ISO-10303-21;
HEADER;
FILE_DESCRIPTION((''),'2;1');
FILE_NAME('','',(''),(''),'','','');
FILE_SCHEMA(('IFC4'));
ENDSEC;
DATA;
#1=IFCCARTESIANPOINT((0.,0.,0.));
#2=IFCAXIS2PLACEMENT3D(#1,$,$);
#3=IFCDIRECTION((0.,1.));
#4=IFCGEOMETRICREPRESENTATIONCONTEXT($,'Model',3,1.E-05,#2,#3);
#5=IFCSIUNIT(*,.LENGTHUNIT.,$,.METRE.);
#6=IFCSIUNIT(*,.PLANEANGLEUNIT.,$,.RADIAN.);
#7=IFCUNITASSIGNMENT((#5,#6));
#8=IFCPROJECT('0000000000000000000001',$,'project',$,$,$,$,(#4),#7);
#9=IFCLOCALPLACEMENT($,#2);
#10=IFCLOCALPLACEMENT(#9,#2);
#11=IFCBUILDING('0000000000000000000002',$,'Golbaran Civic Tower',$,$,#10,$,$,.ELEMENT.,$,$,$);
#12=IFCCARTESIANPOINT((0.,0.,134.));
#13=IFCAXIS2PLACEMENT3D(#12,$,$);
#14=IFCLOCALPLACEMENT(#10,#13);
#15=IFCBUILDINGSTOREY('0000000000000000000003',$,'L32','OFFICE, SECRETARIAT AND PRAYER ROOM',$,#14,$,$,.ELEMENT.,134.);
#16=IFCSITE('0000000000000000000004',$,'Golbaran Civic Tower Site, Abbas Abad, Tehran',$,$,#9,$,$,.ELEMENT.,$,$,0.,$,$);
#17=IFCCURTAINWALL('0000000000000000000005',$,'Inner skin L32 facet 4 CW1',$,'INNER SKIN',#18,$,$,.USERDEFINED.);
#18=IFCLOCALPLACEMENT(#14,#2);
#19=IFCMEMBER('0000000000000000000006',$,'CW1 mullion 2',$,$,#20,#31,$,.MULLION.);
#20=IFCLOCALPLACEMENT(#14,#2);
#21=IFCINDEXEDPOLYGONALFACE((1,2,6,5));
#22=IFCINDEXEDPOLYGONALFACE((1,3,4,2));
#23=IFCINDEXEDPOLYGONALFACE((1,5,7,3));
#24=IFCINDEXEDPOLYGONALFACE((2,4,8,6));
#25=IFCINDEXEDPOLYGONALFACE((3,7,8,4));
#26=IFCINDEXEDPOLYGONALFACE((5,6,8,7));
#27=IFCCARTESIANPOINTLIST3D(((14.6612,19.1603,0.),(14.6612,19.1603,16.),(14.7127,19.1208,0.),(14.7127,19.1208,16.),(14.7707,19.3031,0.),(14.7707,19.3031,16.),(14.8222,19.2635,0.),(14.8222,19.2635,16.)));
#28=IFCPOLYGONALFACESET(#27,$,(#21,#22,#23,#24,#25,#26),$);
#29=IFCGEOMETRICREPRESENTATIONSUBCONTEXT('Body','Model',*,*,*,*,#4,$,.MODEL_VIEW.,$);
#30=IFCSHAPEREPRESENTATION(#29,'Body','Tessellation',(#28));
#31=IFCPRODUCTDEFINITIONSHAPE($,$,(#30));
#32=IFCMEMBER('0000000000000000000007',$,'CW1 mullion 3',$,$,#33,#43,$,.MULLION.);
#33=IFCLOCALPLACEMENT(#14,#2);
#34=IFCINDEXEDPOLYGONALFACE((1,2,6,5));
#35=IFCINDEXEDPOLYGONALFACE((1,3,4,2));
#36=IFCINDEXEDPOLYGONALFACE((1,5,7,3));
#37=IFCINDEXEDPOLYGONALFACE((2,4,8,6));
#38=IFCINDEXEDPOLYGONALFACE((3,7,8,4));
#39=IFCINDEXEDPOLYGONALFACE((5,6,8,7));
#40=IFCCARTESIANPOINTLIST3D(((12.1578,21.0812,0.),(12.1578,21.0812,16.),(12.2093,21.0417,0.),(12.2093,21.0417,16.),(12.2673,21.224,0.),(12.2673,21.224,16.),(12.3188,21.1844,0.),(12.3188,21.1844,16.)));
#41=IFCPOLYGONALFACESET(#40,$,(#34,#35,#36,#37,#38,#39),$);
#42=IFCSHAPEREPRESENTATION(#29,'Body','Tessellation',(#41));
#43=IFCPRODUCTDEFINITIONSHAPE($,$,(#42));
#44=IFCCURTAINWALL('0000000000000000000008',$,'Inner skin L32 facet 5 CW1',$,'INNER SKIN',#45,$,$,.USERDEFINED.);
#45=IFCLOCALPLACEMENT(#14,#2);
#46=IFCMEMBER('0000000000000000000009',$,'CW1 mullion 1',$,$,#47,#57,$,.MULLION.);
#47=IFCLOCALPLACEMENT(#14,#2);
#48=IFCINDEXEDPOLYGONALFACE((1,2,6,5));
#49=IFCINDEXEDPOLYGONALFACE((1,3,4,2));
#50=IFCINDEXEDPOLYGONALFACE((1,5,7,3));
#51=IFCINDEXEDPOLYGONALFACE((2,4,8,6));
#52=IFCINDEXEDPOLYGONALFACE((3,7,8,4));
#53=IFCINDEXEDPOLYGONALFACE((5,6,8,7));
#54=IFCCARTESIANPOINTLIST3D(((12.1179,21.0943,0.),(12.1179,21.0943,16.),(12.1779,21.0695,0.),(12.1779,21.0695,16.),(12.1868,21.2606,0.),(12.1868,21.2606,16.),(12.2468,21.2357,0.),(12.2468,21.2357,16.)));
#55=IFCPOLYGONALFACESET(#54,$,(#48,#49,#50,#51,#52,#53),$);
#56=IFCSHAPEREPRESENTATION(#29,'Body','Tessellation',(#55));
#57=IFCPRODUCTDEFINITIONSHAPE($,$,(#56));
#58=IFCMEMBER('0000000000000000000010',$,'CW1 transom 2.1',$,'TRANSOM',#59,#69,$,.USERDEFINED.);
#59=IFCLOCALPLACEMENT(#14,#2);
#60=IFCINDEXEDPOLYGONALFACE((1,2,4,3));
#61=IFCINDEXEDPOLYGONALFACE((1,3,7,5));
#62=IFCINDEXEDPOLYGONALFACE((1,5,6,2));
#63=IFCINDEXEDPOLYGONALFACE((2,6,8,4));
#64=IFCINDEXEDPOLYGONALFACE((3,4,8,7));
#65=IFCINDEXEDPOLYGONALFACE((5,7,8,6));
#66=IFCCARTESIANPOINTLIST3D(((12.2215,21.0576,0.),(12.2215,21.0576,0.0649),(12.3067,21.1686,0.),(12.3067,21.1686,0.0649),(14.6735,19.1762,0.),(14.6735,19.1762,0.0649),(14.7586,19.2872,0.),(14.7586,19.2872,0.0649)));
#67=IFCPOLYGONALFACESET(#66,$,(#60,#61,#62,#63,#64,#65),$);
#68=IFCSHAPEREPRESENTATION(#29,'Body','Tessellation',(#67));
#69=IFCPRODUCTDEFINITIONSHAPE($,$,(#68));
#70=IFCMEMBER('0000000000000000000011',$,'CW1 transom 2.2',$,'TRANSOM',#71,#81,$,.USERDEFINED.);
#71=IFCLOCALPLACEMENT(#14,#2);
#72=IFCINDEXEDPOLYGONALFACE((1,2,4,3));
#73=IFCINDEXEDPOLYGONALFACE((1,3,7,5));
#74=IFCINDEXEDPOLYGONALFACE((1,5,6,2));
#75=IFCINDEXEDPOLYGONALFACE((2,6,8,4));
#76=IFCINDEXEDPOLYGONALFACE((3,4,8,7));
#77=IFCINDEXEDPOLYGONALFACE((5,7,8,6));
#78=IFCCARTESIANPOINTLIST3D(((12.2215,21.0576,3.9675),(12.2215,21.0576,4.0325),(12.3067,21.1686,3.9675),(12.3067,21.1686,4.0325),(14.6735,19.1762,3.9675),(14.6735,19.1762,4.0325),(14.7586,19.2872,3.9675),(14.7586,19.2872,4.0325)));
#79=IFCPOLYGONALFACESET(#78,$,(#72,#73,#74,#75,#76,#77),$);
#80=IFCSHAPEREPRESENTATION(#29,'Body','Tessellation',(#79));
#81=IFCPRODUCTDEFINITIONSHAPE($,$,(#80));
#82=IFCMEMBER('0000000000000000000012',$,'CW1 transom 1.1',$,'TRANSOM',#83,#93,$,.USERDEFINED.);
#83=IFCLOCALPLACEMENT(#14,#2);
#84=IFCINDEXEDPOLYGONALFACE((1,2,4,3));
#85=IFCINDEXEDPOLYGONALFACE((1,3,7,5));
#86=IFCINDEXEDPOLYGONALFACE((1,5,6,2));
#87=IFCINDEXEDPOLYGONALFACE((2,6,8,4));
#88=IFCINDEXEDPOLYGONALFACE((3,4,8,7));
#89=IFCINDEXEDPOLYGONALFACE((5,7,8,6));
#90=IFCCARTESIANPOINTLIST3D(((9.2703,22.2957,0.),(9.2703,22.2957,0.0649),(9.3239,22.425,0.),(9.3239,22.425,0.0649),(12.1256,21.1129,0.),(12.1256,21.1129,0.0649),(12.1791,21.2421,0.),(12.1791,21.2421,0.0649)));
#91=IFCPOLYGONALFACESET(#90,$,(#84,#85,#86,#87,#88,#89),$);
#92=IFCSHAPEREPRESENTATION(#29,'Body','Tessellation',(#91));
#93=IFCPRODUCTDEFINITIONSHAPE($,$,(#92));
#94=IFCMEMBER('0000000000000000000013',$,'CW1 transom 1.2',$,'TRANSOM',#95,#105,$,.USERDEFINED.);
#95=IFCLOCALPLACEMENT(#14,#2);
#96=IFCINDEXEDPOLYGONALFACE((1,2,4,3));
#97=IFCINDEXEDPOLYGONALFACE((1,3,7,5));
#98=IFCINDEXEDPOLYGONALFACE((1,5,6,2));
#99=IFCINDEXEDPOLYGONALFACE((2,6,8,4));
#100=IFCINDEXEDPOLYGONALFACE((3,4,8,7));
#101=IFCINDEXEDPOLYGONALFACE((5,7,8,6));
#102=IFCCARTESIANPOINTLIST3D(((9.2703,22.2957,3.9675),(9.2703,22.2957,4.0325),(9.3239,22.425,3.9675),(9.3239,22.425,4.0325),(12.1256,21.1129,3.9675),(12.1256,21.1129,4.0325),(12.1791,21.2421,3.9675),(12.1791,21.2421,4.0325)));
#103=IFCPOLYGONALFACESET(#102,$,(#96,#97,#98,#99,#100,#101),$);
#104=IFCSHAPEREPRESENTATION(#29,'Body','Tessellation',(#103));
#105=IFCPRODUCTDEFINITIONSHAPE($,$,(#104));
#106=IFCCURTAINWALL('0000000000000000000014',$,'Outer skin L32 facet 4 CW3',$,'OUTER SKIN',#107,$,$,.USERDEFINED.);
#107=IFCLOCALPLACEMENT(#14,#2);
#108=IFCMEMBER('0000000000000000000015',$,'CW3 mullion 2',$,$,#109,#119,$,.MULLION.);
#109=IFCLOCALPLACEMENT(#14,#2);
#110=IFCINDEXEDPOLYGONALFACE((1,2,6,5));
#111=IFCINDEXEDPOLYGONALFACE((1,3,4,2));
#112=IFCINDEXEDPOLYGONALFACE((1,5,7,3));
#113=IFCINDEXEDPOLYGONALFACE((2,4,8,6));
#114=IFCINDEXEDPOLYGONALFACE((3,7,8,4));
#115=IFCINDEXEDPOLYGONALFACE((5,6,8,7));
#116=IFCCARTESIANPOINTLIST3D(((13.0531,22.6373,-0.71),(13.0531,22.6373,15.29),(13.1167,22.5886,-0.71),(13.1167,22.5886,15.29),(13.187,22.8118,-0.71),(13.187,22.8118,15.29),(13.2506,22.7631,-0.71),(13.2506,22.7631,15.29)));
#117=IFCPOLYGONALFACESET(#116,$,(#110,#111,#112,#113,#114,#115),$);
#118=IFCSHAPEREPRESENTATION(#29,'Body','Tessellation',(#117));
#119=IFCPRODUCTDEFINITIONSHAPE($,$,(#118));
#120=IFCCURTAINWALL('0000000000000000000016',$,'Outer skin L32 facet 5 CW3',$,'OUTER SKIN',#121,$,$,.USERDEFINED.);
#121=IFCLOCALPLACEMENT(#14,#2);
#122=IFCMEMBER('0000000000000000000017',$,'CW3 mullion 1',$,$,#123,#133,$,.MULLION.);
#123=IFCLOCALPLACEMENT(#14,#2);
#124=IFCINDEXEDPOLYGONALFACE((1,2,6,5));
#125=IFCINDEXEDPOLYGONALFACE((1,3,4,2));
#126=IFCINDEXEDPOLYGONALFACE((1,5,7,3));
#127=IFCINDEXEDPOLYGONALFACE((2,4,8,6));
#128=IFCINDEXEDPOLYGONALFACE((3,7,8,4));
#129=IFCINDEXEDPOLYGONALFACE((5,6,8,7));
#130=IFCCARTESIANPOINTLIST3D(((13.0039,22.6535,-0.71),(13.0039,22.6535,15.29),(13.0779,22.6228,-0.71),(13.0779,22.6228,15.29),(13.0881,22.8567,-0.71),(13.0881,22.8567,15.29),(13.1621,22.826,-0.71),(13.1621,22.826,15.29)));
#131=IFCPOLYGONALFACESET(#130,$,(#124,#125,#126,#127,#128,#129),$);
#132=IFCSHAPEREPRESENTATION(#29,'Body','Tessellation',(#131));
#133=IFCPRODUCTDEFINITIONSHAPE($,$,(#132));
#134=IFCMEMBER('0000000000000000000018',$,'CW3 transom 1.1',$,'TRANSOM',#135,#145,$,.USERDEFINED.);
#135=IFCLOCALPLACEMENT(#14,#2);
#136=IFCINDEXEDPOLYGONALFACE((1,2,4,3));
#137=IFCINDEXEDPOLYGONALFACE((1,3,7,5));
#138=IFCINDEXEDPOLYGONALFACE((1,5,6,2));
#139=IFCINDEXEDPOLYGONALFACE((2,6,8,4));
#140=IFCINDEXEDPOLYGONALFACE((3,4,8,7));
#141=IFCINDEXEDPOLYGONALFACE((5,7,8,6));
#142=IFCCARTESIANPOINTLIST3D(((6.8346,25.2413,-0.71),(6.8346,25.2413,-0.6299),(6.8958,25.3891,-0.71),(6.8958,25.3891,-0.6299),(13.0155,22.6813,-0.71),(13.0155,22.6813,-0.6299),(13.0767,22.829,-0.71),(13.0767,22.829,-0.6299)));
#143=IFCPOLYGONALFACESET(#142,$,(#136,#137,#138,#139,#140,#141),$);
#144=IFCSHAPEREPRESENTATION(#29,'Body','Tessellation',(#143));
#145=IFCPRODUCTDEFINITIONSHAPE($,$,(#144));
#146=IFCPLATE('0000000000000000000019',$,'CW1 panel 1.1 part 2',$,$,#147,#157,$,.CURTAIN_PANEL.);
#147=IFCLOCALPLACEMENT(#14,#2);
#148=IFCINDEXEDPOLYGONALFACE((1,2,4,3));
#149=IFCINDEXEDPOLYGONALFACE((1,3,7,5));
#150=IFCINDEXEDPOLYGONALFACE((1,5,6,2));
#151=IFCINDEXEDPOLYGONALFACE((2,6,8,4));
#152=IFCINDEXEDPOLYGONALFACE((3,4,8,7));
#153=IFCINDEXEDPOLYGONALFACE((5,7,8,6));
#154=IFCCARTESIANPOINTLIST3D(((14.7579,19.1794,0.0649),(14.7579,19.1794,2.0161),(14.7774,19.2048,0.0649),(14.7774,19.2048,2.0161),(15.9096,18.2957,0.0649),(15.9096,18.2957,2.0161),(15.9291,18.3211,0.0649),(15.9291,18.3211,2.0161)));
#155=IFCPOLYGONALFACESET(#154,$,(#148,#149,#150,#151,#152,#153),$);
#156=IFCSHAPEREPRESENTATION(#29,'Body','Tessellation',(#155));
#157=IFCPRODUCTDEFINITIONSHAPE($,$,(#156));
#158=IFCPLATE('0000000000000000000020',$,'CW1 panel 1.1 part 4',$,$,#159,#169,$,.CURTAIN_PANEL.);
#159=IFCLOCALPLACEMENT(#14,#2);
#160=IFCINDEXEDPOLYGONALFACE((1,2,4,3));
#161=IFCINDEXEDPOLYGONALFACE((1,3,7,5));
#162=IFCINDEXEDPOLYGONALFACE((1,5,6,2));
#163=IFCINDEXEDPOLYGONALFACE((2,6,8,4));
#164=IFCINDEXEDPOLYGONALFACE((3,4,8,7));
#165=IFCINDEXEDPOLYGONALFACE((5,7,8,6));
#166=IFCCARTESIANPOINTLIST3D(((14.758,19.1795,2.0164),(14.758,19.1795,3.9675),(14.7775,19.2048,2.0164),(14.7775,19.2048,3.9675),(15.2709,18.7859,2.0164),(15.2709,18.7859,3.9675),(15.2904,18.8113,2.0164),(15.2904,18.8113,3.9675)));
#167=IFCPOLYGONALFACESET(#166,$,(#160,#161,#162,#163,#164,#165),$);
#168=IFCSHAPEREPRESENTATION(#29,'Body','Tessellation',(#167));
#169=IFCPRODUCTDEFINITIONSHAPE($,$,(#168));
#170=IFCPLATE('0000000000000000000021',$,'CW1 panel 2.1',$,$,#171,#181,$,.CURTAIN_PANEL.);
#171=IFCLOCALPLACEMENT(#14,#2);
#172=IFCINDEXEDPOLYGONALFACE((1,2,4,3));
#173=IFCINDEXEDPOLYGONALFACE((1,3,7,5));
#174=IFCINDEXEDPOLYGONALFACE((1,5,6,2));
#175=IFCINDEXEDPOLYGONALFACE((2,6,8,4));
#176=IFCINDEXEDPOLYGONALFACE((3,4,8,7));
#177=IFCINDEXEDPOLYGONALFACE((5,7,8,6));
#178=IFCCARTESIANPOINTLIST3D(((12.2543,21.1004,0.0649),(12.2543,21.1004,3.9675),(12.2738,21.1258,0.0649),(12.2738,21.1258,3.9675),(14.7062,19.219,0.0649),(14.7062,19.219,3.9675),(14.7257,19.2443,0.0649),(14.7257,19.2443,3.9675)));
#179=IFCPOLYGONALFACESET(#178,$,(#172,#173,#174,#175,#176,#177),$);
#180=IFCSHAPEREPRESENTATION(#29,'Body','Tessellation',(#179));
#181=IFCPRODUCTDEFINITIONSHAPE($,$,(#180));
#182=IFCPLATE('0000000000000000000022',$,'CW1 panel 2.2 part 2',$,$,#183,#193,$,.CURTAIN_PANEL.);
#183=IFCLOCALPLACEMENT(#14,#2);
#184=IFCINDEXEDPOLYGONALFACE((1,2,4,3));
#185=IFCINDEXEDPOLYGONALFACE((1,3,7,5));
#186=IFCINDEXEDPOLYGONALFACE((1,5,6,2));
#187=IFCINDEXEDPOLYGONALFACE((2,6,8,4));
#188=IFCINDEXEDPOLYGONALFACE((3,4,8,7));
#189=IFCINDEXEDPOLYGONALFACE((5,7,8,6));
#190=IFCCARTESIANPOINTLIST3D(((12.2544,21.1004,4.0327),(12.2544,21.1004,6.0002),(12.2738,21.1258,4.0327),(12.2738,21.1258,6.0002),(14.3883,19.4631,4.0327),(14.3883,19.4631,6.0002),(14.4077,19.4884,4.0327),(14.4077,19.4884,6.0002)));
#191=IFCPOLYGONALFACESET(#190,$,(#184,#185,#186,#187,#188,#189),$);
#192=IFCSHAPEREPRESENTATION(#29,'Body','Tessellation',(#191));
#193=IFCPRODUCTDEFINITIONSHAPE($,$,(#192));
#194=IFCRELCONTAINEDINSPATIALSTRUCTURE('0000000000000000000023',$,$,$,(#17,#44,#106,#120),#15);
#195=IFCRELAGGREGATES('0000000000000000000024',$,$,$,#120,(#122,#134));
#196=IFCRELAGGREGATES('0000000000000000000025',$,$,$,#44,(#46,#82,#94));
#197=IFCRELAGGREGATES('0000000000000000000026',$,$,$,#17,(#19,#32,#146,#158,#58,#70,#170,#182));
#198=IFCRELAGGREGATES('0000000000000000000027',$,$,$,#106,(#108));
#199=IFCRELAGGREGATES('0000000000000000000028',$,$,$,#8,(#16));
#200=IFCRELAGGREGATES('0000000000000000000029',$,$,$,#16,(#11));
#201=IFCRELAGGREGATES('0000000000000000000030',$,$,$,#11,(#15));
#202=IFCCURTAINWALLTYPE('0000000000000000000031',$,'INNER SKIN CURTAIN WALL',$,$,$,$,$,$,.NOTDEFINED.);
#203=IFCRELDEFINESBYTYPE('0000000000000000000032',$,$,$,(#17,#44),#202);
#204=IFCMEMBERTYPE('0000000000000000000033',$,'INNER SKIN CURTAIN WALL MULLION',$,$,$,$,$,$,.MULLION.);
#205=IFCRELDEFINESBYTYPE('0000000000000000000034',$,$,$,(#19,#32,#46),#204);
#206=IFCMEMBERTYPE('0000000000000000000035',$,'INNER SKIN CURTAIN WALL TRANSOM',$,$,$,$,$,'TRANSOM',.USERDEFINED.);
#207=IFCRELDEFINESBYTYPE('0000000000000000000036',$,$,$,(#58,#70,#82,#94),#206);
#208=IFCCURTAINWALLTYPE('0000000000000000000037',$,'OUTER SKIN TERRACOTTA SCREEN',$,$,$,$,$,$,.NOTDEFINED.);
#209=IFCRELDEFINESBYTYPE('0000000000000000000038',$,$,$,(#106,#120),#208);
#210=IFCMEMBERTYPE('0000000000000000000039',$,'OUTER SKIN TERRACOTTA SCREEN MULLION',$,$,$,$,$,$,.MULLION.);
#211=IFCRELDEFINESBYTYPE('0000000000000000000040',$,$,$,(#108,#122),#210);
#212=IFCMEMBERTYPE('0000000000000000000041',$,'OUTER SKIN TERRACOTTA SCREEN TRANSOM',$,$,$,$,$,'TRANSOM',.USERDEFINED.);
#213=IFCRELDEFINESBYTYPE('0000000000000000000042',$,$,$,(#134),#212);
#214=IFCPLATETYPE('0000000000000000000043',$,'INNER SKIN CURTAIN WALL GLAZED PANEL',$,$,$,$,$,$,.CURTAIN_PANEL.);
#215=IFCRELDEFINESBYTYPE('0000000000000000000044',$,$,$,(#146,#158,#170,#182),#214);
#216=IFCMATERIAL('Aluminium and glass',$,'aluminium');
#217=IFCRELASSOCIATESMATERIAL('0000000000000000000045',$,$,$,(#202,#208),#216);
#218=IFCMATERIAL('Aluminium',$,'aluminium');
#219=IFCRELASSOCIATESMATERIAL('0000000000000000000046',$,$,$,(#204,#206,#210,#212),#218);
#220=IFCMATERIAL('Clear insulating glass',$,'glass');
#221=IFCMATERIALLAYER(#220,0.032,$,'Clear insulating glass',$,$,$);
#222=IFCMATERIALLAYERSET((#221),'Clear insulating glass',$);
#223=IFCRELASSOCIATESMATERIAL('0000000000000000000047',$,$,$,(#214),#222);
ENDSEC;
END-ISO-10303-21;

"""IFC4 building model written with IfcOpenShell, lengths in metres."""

from ifc_helpers import new_model, si_unit, direction, frame, origin, origin_2d, place, context, subcontext, project, spatial, rectangle, extrude, material, layer, layer_set, material_profile, profile_set, type_object, element, aggregate, save


model = new_model("IFC4")

# Units and contexts
model_context = context("Model", 3, precision=1e-05, world=origin(), true_north=direction((0.0, 1.0)))
body_context = subcontext(model_context, "Body", "Model", "MODEL_VIEW")
ifc_project = project(units=[si_unit("LENGTHUNIT", "METRE"), si_unit("PLANEANGLEUNIT", "RADIAN")], contexts=[model_context])

# Site, building, storey
site_placement = place(None, origin())
site = spatial("IfcSite", under=ifc_project, at=site_placement, Name="Golbaran Civic Tower Site, Abbas Abad, Tehran", CompositionType="ELEMENT", RefElevation=0.0)
building_placement = place(site_placement, origin())
building = spatial("IfcBuilding", under=site, at=building_placement, Name="Golbaran Civic Tower", CompositionType="ELEMENT")
storey_placement = place(building_placement, frame((0.0, 0.0, 134.0)))
storey = spatial("IfcBuildingStorey", under=building, at=storey_placement, Name="L32", Description="OFFICE, SECRETARIAT AND PRAYER ROOM", CompositionType="ELEMENT", Elevation=134.0)

# Curtain wall, members
ifc_material_1 = material(Name="Aluminium and glass", Category="aluminium")
curtain_wall_type_1 = type_object("IfcCurtainWallType", Name="INNER SKIN CURTAIN WALL", PredefinedType="NOTDEFINED", material=ifc_material_1)
curtain_wall_1_placement = place(storey_placement, origin())
curtain_wall_1 = element("IfcCurtainWall", 1, at=curtain_wall_1_placement, inside=storey, type_object=curtain_wall_type_1, Name="Inner skin L32 facet 4 CW1", ObjectType="INNER SKIN", PredefinedType="USERDEFINED")
ifc_material_2 = material(Name="Aluminium", Category="aluminium")
ifc_material_profile_1 = material_profile(ifc_material_2, rectangle(XDim=0.1799, YDim=0.0649, at=origin_2d()), Name="INNER SKIN CURTAIN WALL MULLION")
ifc_profile_set_1 = profile_set([ifc_material_profile_1], Name="Aluminium")
member_type_1 = type_object("IfcMemberType", Name="INNER SKIN CURTAIN WALL MULLION", PredefinedType="MULLION", material=ifc_profile_set_1)
member_1_placement = place(storey_placement, frame((14.7417, 19.2119, 0.0), z_axis=(0.0, 0.0, 1.0), x_axis=(-0.608761, -0.793353, 0.0)))
member_1 = element("IfcMember", 2, at=member_1_placement, type_object=member_type_1, Name="CW1 mullion 2", PredefinedType="MULLION", context=body_context, shape_type="SweptSolid", body=[
    extrude(rectangle(XDim=0.1799, YDim=0.0649, at=origin_2d()), origin(), (0.0, 0.0, 1.0), 16.0),
])
member_2_placement = place(storey_placement, frame((12.2383, 21.1328, 0.0), z_axis=(0.0, 0.0, 1.0), x_axis=(-0.608761, -0.793353, 0.0)))
member_2 = element("IfcMember", 3, at=member_2_placement, type_object=member_type_1, Name="CW1 mullion 3", PredefinedType="MULLION", context=body_context, shape_type="SweptSolid", body=[
    extrude(rectangle(XDim=0.1799, YDim=0.0649, at=origin_2d()), origin(), (0.0, 0.0, 1.0), 16.0),
])

# Curtain wall, member
curtain_wall_2_placement = place(storey_placement, origin())
curtain_wall_2 = element("IfcCurtainWall", 4, at=curtain_wall_2_placement, inside=storey, type_object=curtain_wall_type_1, Name="Inner skin L32 facet 5 CW1", ObjectType="INNER SKIN", PredefinedType="USERDEFINED")
member_3_placement = place(storey_placement, frame((12.1824, 21.165, 0.0), z_axis=(0.0, 0.0, 1.0), x_axis=(-0.382683, -0.92388, 0.0)))
member_3 = element("IfcMember", 5, at=member_3_placement, type_object=member_type_1, Name="CW1 mullion 1", PredefinedType="MULLION", context=body_context, shape_type="SweptSolid", body=[
    extrude(rectangle(XDim=0.1799, YDim=0.0649, at=origin_2d()), origin(), (0.0, 0.0, 1.0), 16.0),
])

# Members
ifc_material_profile_2 = material_profile(ifc_material_2, rectangle(XDim=0.1399, YDim=0.0649, at=origin_2d()), Name="INNER SKIN CURTAIN WALL TRANSOM")
ifc_profile_set_2 = profile_set([ifc_material_profile_2], Name="Aluminium")
member_type_2 = type_object("IfcMemberType", Name="INNER SKIN CURTAIN WALL TRANSOM", ElementType="TRANSOM", PredefinedType="USERDEFINED", material=ifc_profile_set_2)
member_4_placement = place(storey_placement, frame((14.7161, 19.2317, 0.0325), z_axis=(-0.793363, 0.608748, 0.0), x_axis=(-0.608748, -0.793363, 0.0)))
member_4 = element("IfcMember", 6, at=member_4_placement, type_object=member_type_2, Name="CW1 transom 2.1", ObjectType="TRANSOM", PredefinedType="USERDEFINED", context=body_context, shape_type="SweptSolid", body=[
    extrude(rectangle(XDim=0.1399, YDim=0.0649, at=origin_2d()), origin(), (0.0, 0.0, 1.0), 3.0906),
])
member_5_placement = place(storey_placement, frame((14.7161, 19.2317, 4.0), z_axis=(-0.793363, 0.608748, 0.0), x_axis=(-0.608748, -0.793363, 0.0)))
member_5 = element("IfcMember", 7, at=member_5_placement, type_object=member_type_2, Name="CW1 transom 2.2", ObjectType="TRANSOM", PredefinedType="USERDEFINED", context=body_context, shape_type="SweptSolid", body=[
    extrude(rectangle(XDim=0.1399, YDim=0.0649, at=origin_2d()), origin(), (0.0, 0.0, 1.0), 3.0906),
])
member_6_placement = place(storey_placement, frame((12.1523, 21.1775, 0.0325), z_axis=(-0.923858, 0.382736, 0.0), x_axis=(-0.382736, -0.923858, 0.0)))
member_6 = element("IfcMember", 8, at=member_6_placement, type_object=member_type_2, Name="CW1 transom 1.1", ObjectType="TRANSOM", PredefinedType="USERDEFINED", context=body_context, shape_type="SweptSolid", body=[
    extrude(rectangle(XDim=0.1399, YDim=0.0649, at=origin_2d()), origin(), (0.0, 0.0, 1.0), 3.0906),
])
member_7_placement = place(storey_placement, frame((12.1523, 21.1775, 4.0), z_axis=(-0.923858, 0.382736, 0.0), x_axis=(-0.382736, -0.923858, 0.0)))
member_7 = element("IfcMember", 9, at=member_7_placement, type_object=member_type_2, Name="CW1 transom 1.2", ObjectType="TRANSOM", PredefinedType="USERDEFINED", context=body_context, shape_type="SweptSolid", body=[
    extrude(rectangle(XDim=0.1399, YDim=0.0649, at=origin_2d()), origin(), (0.0, 0.0, 1.0), 3.0906),
])

# Curtain wall, member
curtain_wall_type_2 = type_object("IfcCurtainWallType", Name="OUTER SKIN TERRACOTTA SCREEN", PredefinedType="NOTDEFINED", material=ifc_material_1)
curtain_wall_3_placement = place(storey_placement, origin())
curtain_wall_3 = element("IfcCurtainWall", 10, at=curtain_wall_3_placement, inside=storey, type_object=curtain_wall_type_2, Name="Outer skin L32 facet 4 CW3", ObjectType="OUTER SKIN", PredefinedType="USERDEFINED")
ifc_material_profile_3 = material_profile(ifc_material_2, rectangle(XDim=0.22, YDim=0.0801, at=origin_2d()), Name="OUTER SKIN TERRACOTTA SCREEN MULLION")
ifc_profile_set_3 = profile_set([ifc_material_profile_3], Name="Aluminium")
member_type_3 = type_object("IfcMemberType", Name="OUTER SKIN TERRACOTTA SCREEN MULLION", PredefinedType="MULLION", material=ifc_profile_set_3)
member_8_placement = place(storey_placement, frame((13.1519, 22.7002, -0.71), z_axis=(0.0, 0.0, 1.0), x_axis=(-0.608761, -0.793353, 0.0)))
member_8 = element("IfcMember", 11, at=member_8_placement, type_object=member_type_3, Name="CW3 mullion 2", PredefinedType="MULLION", context=body_context, shape_type="SweptSolid", body=[
    extrude(rectangle(XDim=0.22, YDim=0.0801, at=origin_2d()), origin(), (0.0, 0.0, 1.0), 16.0),
])

# Curtain wall, members
curtain_wall_4_placement = place(storey_placement, origin())
curtain_wall_4 = element("IfcCurtainWall", 12, at=curtain_wall_4_placement, inside=storey, type_object=curtain_wall_type_2, Name="Outer skin L32 facet 5 CW3", ObjectType="OUTER SKIN", PredefinedType="USERDEFINED")
member_9_placement = place(storey_placement, frame((13.083, 22.7397, -0.71), z_axis=(0.0, 0.0, 1.0), x_axis=(-0.382683, -0.92388, 0.0)))
member_9 = element("IfcMember", 13, at=member_9_placement, type_object=member_type_3, Name="CW3 mullion 1", PredefinedType="MULLION", context=body_context, shape_type="SweptSolid", body=[
    extrude(rectangle(XDim=0.22, YDim=0.0801, at=origin_2d()), origin(), (0.0, 0.0, 1.0), 16.0),
])
ifc_material_profile_4 = material_profile(ifc_material_2, rectangle(XDim=0.1599, YDim=0.0801, at=origin_2d()), Name="OUTER SKIN TERRACOTTA SCREEN TRANSOM")
ifc_profile_set_4 = profile_set([ifc_material_profile_4], Name="Aluminium")
member_type_4 = type_object("IfcMemberType", Name="OUTER SKIN TERRACOTTA SCREEN TRANSOM", ElementType="TRANSOM", PredefinedType="USERDEFINED", material=ifc_profile_set_4)
member_10_placement = place(storey_placement, frame((13.0461, 22.7551, -0.6699), z_axis=(-0.923888, 0.382663, 0.0), x_axis=(-0.382663, -0.923888, 0.0)))
member_10 = element("IfcMember", 14, at=member_10_placement, type_object=member_type_4, Name="CW3 transom 1.1", ObjectType="TRANSOM", PredefinedType="USERDEFINED", context=body_context, shape_type="SweptSolid", body=[
    extrude(rectangle(XDim=0.1599, YDim=0.0801, at=origin_2d()), origin(), (0.0, 0.0, 1.0), 6.6902),
])
aggregate(curtain_wall_4, [member_9, member_10])

# Plates
ifc_material_3 = material(Name="Clear insulating glass", Category="glass")
ifc_layer_1 = layer(ifc_material_3, 0.032, Name="Clear insulating glass")
ifc_layer_set_1 = layer_set([ifc_layer_1], Name="Clear insulating glass")
plate_type_1 = type_object("IfcPlateType", Name="INNER SKIN CURTAIN WALL GLAZED PANEL", PredefinedType="CURTAIN_PANEL", material=ifc_layer_set_1)
plate_1_placement = place(storey_placement, frame((15.3435, 18.7502, 0.0649), z_axis=(0.0, 0.0, 1.0), x_axis=(-0.793353, 0.608761, 0.0)))
plate_1 = element("IfcPlate", 15, at=plate_1_placement, type_object=plate_type_1, Name="CW1 panel 1.1 part 2", PredefinedType="CURTAIN_PANEL", context=body_context, shape_type="SweptSolid", body=[
    extrude(rectangle(XDim=1.4517, YDim=0.032, at=origin_2d()), origin(), (0.0, 0.0, 1.0), 1.9512),
])
plate_2_placement = place(storey_placement, frame((15.0242, 18.9954, 2.0164), z_axis=(0.0, 0.0, 1.0), x_axis=(-0.793353, 0.608761, 0.0)))
plate_2 = element("IfcPlate", 16, at=plate_2_placement, type_object=plate_type_1, Name="CW1 panel 1.1 part 4", PredefinedType="CURTAIN_PANEL", context=body_context, shape_type="SweptSolid", body=[
    extrude(rectangle(XDim=0.6465, YDim=0.032, at=origin_2d()), origin(), (0.0, 0.0, 1.0), 1.9512),
])
plate_3_placement = place(storey_placement, frame((13.49, 20.1724, 0.0649), z_axis=(0.0, 0.0, 1.0), x_axis=(-0.793353, 0.608761, 0.0)))
plate_3 = element("IfcPlate", 17, at=plate_3_placement, type_object=plate_type_1, Name="CW1 panel 2.1", PredefinedType="CURTAIN_PANEL", context=body_context, shape_type="SweptSolid", body=[
    extrude(rectangle(XDim=3.0906, YDim=0.032, at=origin_2d()), origin(), (0.0, 0.0, 1.0), 3.9026),
])
plate_4_placement = place(storey_placement, frame((13.3311, 20.2944, 4.0327), z_axis=(0.0, 0.0, 1.0), x_axis=(-0.793353, 0.608761, 0.0)))
plate_4 = element("IfcPlate", 18, at=plate_4_placement, type_object=plate_type_1, Name="CW1 panel 2.2 part 2", PredefinedType="CURTAIN_PANEL", context=body_context, shape_type="SweptSolid", body=[
    extrude(rectangle(XDim=2.6897, YDim=0.032, at=origin_2d()), origin(), (0.0, 0.0, 1.0), 1.9675),
])
aggregate(curtain_wall_2, [member_3, member_6, member_7])
aggregate(curtain_wall_1, [member_1, member_2, plate_1, plate_2, member_4, member_5, plate_3, plate_4])
aggregate(curtain_wall_3, [member_8])

save(model, "model.ifc")
